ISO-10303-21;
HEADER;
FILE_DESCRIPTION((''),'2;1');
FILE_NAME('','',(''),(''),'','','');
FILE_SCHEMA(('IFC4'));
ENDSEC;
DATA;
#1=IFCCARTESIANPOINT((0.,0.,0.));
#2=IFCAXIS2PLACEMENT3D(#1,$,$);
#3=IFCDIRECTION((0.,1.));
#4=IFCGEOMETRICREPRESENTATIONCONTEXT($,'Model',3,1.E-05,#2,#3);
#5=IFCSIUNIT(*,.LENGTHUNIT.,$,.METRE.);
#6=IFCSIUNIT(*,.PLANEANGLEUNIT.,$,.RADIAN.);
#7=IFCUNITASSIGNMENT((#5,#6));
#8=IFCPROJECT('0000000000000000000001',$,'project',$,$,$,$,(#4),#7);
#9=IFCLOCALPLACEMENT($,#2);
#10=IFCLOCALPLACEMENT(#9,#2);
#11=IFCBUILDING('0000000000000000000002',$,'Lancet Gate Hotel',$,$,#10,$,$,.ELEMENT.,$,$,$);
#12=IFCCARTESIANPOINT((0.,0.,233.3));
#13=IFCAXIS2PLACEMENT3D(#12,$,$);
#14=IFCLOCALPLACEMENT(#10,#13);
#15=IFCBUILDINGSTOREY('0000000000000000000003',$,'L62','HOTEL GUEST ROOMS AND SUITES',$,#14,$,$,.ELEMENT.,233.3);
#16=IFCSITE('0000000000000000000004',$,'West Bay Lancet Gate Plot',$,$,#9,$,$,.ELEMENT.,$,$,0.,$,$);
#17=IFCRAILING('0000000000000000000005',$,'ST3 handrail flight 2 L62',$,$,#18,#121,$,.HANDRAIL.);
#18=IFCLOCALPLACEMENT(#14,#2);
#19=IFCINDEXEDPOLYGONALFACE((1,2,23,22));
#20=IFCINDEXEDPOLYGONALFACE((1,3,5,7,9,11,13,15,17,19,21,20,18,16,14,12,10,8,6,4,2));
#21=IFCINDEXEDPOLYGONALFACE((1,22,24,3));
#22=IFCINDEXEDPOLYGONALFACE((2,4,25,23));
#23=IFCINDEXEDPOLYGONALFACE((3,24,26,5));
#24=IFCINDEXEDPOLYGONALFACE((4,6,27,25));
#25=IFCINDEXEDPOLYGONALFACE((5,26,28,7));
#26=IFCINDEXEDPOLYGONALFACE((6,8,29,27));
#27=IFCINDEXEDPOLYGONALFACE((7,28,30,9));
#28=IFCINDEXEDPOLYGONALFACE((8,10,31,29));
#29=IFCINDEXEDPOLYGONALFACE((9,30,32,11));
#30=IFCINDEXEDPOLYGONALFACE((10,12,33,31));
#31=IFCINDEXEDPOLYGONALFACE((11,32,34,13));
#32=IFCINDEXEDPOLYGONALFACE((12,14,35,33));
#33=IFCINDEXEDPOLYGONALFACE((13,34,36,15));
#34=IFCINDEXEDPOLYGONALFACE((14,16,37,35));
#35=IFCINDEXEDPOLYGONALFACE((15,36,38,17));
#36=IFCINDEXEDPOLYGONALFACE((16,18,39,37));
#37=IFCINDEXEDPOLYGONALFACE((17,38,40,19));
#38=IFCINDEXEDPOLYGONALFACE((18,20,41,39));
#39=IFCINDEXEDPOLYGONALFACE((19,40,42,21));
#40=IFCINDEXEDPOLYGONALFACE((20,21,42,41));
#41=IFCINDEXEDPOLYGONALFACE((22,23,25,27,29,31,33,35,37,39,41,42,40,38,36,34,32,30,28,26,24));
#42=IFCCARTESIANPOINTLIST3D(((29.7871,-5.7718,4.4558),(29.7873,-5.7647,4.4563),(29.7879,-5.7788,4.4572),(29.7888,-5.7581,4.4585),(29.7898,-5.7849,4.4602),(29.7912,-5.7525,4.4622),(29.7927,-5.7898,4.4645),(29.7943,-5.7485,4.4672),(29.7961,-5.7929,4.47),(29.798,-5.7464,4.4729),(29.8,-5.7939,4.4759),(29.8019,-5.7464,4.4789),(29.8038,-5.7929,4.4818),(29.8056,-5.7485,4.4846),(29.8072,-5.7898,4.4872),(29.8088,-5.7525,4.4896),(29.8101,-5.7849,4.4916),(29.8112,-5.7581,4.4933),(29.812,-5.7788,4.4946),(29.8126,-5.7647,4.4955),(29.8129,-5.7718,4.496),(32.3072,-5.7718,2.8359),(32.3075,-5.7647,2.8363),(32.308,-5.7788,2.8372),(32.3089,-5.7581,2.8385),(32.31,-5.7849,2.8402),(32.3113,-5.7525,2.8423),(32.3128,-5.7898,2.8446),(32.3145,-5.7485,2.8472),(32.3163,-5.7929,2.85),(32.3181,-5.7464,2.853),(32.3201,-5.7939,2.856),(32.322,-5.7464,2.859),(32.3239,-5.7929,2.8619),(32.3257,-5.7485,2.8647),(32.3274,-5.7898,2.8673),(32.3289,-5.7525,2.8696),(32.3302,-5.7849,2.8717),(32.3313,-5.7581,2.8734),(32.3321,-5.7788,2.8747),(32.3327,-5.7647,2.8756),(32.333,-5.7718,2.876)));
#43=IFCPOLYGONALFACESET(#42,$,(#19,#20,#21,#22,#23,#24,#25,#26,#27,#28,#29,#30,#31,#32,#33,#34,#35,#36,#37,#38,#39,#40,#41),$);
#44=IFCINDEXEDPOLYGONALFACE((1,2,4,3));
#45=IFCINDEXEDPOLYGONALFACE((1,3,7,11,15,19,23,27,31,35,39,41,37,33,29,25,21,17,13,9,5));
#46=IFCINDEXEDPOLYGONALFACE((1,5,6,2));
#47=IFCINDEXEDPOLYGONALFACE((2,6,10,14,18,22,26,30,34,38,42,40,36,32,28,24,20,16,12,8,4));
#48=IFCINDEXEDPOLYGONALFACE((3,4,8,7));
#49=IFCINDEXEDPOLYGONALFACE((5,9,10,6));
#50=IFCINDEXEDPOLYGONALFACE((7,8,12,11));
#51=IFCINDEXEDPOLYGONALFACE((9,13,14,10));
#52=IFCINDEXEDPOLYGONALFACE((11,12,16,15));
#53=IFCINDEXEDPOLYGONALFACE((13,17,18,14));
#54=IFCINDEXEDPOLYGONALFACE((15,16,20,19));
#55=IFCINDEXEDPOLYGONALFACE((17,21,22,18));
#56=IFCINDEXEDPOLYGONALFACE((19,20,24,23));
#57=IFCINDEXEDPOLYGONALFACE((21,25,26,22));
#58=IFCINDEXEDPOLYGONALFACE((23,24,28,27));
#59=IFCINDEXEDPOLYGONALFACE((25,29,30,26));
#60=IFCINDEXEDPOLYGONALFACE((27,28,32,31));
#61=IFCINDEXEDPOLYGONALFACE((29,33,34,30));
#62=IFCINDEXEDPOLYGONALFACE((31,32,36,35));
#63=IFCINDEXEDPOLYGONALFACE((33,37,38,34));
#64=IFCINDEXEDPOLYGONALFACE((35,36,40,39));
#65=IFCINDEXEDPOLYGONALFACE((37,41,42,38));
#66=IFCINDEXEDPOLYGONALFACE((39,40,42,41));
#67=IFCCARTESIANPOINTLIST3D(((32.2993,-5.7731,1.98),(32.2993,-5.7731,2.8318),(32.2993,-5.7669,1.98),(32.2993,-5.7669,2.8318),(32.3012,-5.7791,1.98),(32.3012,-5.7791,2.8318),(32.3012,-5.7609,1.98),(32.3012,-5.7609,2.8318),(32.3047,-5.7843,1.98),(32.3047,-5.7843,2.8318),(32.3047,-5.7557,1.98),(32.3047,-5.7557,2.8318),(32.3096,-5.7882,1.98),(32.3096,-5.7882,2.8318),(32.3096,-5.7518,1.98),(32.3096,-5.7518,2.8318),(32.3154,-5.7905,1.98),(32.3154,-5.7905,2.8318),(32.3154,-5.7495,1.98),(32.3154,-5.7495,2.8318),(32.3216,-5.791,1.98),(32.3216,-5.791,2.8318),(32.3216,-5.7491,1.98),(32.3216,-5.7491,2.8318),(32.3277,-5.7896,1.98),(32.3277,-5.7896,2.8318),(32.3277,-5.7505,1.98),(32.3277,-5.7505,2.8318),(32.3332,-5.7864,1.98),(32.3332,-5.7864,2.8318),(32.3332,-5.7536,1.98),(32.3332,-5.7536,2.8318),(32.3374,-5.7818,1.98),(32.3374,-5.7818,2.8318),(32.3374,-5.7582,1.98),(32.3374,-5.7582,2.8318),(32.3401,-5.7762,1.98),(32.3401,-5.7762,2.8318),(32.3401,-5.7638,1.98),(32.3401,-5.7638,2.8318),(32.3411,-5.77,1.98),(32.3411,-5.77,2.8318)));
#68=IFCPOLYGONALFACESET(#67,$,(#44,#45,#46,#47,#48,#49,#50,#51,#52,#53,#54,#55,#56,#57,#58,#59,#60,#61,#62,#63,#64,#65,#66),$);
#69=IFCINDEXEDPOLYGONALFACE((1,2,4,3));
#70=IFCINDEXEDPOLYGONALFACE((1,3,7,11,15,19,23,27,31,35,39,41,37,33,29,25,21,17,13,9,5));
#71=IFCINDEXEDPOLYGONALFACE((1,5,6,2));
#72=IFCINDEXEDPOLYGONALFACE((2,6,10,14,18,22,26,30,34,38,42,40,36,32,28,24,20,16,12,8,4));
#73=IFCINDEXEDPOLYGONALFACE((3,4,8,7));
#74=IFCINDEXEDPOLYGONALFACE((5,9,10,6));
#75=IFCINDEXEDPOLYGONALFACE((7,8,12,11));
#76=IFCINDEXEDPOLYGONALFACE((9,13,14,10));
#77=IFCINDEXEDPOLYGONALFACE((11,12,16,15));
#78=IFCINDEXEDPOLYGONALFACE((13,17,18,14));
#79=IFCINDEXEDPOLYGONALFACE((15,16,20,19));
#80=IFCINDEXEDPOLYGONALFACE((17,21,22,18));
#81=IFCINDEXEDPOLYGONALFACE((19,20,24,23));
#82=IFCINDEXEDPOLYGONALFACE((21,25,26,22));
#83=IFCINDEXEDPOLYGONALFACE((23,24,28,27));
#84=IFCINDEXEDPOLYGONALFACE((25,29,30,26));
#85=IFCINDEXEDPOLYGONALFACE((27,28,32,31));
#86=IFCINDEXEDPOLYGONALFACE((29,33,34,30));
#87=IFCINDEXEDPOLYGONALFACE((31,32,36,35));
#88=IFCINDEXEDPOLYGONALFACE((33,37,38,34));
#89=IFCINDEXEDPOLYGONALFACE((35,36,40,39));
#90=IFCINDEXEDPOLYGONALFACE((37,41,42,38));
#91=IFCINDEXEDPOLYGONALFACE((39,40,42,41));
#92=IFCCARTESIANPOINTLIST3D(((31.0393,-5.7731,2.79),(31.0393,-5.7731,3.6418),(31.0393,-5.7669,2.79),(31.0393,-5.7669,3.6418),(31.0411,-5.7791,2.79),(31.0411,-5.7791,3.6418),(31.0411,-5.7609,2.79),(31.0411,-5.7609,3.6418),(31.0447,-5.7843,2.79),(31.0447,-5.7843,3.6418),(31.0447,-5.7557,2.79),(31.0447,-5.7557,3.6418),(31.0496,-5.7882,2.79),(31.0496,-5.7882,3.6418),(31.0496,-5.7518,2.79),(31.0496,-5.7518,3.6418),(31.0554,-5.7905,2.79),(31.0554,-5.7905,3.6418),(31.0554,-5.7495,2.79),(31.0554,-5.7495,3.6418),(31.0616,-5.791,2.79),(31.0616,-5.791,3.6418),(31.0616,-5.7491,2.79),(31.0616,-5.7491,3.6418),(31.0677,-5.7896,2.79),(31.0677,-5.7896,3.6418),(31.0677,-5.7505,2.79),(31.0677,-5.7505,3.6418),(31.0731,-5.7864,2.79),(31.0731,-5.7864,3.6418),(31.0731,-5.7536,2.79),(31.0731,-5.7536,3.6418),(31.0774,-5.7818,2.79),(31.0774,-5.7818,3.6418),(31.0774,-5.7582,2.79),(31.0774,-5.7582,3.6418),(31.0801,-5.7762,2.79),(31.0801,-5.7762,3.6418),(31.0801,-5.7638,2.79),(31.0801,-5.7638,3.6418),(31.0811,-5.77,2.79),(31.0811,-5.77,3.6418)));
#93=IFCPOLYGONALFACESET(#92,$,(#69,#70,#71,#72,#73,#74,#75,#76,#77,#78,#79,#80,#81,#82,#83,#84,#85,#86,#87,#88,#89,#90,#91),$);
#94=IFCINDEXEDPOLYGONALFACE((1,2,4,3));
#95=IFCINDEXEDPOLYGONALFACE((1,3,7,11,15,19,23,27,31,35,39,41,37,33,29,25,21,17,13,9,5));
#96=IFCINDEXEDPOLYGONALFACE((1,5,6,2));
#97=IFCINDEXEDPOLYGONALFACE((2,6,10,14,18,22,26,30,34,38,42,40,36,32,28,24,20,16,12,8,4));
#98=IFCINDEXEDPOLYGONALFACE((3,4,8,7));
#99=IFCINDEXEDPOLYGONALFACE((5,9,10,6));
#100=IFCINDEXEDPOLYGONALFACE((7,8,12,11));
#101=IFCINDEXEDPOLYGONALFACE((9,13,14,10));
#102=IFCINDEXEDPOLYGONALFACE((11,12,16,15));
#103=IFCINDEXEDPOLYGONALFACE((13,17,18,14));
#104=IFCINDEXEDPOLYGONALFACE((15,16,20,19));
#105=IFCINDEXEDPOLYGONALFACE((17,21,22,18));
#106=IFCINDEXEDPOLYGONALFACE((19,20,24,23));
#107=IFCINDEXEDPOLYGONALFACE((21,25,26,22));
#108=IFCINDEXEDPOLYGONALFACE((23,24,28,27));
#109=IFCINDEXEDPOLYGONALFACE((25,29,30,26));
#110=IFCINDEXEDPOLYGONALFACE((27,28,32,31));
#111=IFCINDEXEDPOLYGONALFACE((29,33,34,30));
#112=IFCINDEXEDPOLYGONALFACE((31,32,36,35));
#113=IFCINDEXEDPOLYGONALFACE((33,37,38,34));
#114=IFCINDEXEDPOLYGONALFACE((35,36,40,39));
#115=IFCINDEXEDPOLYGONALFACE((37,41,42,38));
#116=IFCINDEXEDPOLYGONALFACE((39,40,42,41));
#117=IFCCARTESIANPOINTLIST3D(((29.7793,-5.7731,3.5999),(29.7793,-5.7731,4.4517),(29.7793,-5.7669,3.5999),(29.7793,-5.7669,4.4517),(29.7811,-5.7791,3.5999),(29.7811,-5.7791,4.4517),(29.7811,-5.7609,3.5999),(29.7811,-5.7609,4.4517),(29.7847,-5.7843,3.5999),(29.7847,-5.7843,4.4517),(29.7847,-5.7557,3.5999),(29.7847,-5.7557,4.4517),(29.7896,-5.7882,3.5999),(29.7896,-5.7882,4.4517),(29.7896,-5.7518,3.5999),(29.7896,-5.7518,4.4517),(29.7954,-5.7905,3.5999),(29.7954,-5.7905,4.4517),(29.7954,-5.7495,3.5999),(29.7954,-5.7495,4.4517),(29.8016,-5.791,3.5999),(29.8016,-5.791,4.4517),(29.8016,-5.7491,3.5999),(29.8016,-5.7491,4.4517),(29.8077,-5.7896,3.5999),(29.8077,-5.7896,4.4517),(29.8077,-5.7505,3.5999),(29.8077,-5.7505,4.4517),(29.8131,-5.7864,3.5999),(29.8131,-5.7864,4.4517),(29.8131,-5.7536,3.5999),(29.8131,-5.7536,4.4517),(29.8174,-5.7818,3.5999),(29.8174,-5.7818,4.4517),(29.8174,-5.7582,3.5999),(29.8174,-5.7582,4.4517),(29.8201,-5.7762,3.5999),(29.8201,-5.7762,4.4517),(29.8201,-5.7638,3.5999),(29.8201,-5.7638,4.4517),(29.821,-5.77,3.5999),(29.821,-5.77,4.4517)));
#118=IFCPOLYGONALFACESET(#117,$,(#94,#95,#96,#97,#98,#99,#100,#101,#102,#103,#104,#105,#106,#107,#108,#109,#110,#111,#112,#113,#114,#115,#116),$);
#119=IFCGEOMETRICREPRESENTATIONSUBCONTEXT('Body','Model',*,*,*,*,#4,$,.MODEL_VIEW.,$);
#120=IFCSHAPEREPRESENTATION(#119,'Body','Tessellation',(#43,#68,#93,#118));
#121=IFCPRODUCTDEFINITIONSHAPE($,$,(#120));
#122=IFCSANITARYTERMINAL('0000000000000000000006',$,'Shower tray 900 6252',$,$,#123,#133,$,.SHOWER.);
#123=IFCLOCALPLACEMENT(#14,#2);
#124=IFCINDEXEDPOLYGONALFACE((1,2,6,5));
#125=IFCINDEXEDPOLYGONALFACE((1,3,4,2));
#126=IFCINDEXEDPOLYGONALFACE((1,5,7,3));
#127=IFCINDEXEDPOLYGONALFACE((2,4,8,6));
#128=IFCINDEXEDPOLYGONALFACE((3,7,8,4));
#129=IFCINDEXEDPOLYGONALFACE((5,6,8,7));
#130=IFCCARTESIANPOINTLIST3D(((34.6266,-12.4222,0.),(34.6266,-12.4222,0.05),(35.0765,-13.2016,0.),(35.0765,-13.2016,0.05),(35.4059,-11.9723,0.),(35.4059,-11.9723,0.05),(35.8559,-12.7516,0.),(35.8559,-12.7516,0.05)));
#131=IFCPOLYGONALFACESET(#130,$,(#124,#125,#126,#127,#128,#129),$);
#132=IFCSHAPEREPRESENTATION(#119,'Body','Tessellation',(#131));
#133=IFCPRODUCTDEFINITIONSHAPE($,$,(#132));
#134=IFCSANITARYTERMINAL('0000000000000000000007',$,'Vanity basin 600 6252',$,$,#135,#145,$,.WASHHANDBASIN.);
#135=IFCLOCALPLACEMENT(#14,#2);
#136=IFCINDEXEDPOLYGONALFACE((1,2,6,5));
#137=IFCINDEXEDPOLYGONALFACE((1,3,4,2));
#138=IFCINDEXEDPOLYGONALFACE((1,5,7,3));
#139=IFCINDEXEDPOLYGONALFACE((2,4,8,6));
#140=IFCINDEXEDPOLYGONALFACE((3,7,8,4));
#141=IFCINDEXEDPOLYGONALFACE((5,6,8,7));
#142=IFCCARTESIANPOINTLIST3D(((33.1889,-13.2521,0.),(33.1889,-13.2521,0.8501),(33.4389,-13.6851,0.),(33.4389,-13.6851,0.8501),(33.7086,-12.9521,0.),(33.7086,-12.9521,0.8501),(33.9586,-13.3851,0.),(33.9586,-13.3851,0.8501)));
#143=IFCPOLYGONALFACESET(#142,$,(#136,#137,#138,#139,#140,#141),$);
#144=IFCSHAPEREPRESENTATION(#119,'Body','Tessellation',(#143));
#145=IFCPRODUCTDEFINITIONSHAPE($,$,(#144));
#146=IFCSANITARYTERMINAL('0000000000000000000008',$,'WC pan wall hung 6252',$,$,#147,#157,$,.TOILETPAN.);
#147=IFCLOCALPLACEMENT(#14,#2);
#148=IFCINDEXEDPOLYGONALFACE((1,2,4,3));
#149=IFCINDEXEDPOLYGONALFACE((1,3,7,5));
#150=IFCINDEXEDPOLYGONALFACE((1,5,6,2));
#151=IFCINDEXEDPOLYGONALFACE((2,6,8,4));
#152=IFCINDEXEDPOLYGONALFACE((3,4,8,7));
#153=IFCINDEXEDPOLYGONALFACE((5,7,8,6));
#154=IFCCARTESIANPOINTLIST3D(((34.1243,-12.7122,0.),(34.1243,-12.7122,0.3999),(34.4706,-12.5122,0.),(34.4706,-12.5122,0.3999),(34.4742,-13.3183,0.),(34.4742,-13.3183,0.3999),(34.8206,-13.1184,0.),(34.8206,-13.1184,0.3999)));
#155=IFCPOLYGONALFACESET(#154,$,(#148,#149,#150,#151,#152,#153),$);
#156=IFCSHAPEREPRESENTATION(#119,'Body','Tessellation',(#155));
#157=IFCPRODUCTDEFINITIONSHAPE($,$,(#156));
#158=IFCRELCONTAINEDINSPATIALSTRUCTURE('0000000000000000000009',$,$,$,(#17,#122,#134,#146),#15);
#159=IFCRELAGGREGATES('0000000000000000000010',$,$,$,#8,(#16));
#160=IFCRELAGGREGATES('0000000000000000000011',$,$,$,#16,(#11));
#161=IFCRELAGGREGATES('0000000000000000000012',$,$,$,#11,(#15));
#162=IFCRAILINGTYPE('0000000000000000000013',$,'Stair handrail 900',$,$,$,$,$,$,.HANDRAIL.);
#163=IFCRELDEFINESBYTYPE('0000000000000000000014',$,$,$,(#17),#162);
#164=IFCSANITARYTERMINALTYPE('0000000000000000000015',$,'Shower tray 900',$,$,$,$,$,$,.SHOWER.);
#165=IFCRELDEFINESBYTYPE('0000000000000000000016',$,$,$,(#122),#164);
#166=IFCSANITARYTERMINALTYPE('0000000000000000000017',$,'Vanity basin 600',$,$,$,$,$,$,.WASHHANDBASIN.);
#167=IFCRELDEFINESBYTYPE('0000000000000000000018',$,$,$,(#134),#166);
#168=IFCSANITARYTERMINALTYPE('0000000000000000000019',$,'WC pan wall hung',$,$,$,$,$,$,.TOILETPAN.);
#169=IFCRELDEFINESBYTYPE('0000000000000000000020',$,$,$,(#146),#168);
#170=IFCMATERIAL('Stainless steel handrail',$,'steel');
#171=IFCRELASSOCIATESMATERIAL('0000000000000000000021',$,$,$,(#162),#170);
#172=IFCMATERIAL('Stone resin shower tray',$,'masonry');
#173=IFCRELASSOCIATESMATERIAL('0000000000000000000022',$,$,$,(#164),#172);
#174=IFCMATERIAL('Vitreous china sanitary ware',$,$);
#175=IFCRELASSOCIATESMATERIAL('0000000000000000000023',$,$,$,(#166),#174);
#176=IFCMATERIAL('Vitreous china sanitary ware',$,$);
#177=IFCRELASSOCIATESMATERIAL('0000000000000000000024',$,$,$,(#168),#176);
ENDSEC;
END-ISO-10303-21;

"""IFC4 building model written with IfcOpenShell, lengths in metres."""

from ifc_helpers import new_model, si_unit, direction, frame, origin, origin_2d, place, context, subcontext, project, spatial, rectangle, circle, extrude, material, type_object, element, save


model = new_model("IFC4")

# Units and contexts
model_context = context("Model", 3, precision=1e-05, world=origin(), true_north=direction((0.0, 1.0)))
body_context = subcontext(model_context, "Body", "Model", "MODEL_VIEW")
ifc_project = project(units=[si_unit("LENGTHUNIT", "METRE"), si_unit("PLANEANGLEUNIT", "RADIAN")], contexts=[model_context])

# Site, building, storey
site_placement = place(None, origin())
site = spatial("IfcSite", under=ifc_project, at=site_placement, Name="West Bay Lancet Gate Plot", CompositionType="ELEMENT", RefElevation=0.0)
building_placement = place(site_placement, origin())
building = spatial("IfcBuilding", under=site, at=building_placement, Name="Lancet Gate Hotel", CompositionType="ELEMENT")
storey_placement = place(building_placement, frame((0.0, 0.0, 233.3)))
storey = spatial("IfcBuildingStorey", under=building, at=storey_placement, Name="L62", Description="HOTEL GUEST ROOMS AND SUITES", CompositionType="ELEMENT", Elevation=233.3)

# Railing
ifc_material_1 = material(Name="Stainless steel handrail", Category="steel")
railing_type = type_object("IfcRailingType", Name="Stair handrail 900", PredefinedType="HANDRAIL", material=ifc_material_1)
railing_1_placement = place(storey_placement, frame((32.3201, -5.77, 1.98)))
element("IfcRailing", 1, at=railing_1_placement, inside=storey, type_object=railing_type, Name="ST3 handrail flight 2 L62", PredefinedType="HANDRAIL", context=body_context, shape_type="SweptSolid", body=[
    extrude(circle(Radius=0.0239, at=origin_2d()), frame((0.0, 0.0, 0.876), z_axis=(-0.8412, 0.0, 0.540725), x_axis=(0.0, -1.0, 0.0)), (0.0, 0.0, 1.0), 2.9958),
    extrude(circle(Radius=0.021, at=origin_2d()), origin(), (0.0, 0.0, 1.0), 0.8518),
    extrude(circle(Radius=0.021, at=origin_2d()), frame((-1.26, 0.0, 0.8101)), (0.0, 0.0, 1.0), 0.8518),
    extrude(circle(Radius=0.021, at=origin_2d()), frame((-2.52, 0.0, 1.6199)), (0.0, 0.0, 1.0), 0.8518),
])

# Sanitary terminals
ifc_material_2 = material(Name="Stone resin shower tray", Category="masonry")
sanitary_terminal_type_1 = type_object("IfcSanitaryTerminalType", Name="Shower tray 900", PredefinedType="SHOWER", material=ifc_material_2)
sanitary_terminal_1_placement = place(storey_placement, frame((35.2412, -12.5869, 0.0), z_axis=(0.0, 0.0, 1.0), x_axis=(0.866025, 0.5, 0.0)))
element("IfcSanitaryTerminal", 2, at=sanitary_terminal_1_placement, inside=storey, type_object=sanitary_terminal_type_1, Name="Shower tray 900 6252", PredefinedType="SHOWER", context=body_context, shape_type="SweptSolid", body=[
    extrude(rectangle(XDim=0.8999, YDim=0.8999, at=origin_2d()), origin(), (0.0, 0.0, 1.0), 0.05),
])
ifc_material_3 = material(Name="Vitreous china sanitary ware")
sanitary_terminal_type_2 = type_object("IfcSanitaryTerminalType", Name="Vanity basin 600", PredefinedType="WASHHANDBASIN", material=ifc_material_3)
sanitary_terminal_2_placement = place(storey_placement, frame((33.5737, -13.3186, 0.0), z_axis=(0.0, 0.0, 1.0), x_axis=(0.866025, 0.5, 0.0)))
element("IfcSanitaryTerminal", 3, at=sanitary_terminal_2_placement, inside=storey, type_object=sanitary_terminal_type_2, Name="Vanity basin 600 6252", PredefinedType="WASHHANDBASIN", context=body_context, shape_type="SweptSolid", body=[
    extrude(rectangle(XDim=0.6001, YDim=0.5, at=origin_2d()), origin(), (0.0, 0.0, 1.0), 0.8501),
])
ifc_material_4 = material(Name="Vitreous china sanitary ware")
sanitary_terminal_type_3 = type_object("IfcSanitaryTerminalType", Name="WC pan wall hung", PredefinedType="TOILETPAN", material=ifc_material_4)
sanitary_terminal_3_placement = place(storey_placement, frame((34.4724, -12.9153, 0.0), z_axis=(0.0, 0.0, 1.0), x_axis=(0.866025, 0.5, 0.0)))
element("IfcSanitaryTerminal", 4, at=sanitary_terminal_3_placement, inside=storey, type_object=sanitary_terminal_type_3, Name="WC pan wall hung 6252", PredefinedType="TOILETPAN", context=body_context, shape_type="SweptSolid", body=[
    extrude(rectangle(XDim=0.3999, YDim=0.7, at=origin_2d()), origin(), (0.0, 0.0, 1.0), 0.3999),
])

save(model, "model.ifc")
